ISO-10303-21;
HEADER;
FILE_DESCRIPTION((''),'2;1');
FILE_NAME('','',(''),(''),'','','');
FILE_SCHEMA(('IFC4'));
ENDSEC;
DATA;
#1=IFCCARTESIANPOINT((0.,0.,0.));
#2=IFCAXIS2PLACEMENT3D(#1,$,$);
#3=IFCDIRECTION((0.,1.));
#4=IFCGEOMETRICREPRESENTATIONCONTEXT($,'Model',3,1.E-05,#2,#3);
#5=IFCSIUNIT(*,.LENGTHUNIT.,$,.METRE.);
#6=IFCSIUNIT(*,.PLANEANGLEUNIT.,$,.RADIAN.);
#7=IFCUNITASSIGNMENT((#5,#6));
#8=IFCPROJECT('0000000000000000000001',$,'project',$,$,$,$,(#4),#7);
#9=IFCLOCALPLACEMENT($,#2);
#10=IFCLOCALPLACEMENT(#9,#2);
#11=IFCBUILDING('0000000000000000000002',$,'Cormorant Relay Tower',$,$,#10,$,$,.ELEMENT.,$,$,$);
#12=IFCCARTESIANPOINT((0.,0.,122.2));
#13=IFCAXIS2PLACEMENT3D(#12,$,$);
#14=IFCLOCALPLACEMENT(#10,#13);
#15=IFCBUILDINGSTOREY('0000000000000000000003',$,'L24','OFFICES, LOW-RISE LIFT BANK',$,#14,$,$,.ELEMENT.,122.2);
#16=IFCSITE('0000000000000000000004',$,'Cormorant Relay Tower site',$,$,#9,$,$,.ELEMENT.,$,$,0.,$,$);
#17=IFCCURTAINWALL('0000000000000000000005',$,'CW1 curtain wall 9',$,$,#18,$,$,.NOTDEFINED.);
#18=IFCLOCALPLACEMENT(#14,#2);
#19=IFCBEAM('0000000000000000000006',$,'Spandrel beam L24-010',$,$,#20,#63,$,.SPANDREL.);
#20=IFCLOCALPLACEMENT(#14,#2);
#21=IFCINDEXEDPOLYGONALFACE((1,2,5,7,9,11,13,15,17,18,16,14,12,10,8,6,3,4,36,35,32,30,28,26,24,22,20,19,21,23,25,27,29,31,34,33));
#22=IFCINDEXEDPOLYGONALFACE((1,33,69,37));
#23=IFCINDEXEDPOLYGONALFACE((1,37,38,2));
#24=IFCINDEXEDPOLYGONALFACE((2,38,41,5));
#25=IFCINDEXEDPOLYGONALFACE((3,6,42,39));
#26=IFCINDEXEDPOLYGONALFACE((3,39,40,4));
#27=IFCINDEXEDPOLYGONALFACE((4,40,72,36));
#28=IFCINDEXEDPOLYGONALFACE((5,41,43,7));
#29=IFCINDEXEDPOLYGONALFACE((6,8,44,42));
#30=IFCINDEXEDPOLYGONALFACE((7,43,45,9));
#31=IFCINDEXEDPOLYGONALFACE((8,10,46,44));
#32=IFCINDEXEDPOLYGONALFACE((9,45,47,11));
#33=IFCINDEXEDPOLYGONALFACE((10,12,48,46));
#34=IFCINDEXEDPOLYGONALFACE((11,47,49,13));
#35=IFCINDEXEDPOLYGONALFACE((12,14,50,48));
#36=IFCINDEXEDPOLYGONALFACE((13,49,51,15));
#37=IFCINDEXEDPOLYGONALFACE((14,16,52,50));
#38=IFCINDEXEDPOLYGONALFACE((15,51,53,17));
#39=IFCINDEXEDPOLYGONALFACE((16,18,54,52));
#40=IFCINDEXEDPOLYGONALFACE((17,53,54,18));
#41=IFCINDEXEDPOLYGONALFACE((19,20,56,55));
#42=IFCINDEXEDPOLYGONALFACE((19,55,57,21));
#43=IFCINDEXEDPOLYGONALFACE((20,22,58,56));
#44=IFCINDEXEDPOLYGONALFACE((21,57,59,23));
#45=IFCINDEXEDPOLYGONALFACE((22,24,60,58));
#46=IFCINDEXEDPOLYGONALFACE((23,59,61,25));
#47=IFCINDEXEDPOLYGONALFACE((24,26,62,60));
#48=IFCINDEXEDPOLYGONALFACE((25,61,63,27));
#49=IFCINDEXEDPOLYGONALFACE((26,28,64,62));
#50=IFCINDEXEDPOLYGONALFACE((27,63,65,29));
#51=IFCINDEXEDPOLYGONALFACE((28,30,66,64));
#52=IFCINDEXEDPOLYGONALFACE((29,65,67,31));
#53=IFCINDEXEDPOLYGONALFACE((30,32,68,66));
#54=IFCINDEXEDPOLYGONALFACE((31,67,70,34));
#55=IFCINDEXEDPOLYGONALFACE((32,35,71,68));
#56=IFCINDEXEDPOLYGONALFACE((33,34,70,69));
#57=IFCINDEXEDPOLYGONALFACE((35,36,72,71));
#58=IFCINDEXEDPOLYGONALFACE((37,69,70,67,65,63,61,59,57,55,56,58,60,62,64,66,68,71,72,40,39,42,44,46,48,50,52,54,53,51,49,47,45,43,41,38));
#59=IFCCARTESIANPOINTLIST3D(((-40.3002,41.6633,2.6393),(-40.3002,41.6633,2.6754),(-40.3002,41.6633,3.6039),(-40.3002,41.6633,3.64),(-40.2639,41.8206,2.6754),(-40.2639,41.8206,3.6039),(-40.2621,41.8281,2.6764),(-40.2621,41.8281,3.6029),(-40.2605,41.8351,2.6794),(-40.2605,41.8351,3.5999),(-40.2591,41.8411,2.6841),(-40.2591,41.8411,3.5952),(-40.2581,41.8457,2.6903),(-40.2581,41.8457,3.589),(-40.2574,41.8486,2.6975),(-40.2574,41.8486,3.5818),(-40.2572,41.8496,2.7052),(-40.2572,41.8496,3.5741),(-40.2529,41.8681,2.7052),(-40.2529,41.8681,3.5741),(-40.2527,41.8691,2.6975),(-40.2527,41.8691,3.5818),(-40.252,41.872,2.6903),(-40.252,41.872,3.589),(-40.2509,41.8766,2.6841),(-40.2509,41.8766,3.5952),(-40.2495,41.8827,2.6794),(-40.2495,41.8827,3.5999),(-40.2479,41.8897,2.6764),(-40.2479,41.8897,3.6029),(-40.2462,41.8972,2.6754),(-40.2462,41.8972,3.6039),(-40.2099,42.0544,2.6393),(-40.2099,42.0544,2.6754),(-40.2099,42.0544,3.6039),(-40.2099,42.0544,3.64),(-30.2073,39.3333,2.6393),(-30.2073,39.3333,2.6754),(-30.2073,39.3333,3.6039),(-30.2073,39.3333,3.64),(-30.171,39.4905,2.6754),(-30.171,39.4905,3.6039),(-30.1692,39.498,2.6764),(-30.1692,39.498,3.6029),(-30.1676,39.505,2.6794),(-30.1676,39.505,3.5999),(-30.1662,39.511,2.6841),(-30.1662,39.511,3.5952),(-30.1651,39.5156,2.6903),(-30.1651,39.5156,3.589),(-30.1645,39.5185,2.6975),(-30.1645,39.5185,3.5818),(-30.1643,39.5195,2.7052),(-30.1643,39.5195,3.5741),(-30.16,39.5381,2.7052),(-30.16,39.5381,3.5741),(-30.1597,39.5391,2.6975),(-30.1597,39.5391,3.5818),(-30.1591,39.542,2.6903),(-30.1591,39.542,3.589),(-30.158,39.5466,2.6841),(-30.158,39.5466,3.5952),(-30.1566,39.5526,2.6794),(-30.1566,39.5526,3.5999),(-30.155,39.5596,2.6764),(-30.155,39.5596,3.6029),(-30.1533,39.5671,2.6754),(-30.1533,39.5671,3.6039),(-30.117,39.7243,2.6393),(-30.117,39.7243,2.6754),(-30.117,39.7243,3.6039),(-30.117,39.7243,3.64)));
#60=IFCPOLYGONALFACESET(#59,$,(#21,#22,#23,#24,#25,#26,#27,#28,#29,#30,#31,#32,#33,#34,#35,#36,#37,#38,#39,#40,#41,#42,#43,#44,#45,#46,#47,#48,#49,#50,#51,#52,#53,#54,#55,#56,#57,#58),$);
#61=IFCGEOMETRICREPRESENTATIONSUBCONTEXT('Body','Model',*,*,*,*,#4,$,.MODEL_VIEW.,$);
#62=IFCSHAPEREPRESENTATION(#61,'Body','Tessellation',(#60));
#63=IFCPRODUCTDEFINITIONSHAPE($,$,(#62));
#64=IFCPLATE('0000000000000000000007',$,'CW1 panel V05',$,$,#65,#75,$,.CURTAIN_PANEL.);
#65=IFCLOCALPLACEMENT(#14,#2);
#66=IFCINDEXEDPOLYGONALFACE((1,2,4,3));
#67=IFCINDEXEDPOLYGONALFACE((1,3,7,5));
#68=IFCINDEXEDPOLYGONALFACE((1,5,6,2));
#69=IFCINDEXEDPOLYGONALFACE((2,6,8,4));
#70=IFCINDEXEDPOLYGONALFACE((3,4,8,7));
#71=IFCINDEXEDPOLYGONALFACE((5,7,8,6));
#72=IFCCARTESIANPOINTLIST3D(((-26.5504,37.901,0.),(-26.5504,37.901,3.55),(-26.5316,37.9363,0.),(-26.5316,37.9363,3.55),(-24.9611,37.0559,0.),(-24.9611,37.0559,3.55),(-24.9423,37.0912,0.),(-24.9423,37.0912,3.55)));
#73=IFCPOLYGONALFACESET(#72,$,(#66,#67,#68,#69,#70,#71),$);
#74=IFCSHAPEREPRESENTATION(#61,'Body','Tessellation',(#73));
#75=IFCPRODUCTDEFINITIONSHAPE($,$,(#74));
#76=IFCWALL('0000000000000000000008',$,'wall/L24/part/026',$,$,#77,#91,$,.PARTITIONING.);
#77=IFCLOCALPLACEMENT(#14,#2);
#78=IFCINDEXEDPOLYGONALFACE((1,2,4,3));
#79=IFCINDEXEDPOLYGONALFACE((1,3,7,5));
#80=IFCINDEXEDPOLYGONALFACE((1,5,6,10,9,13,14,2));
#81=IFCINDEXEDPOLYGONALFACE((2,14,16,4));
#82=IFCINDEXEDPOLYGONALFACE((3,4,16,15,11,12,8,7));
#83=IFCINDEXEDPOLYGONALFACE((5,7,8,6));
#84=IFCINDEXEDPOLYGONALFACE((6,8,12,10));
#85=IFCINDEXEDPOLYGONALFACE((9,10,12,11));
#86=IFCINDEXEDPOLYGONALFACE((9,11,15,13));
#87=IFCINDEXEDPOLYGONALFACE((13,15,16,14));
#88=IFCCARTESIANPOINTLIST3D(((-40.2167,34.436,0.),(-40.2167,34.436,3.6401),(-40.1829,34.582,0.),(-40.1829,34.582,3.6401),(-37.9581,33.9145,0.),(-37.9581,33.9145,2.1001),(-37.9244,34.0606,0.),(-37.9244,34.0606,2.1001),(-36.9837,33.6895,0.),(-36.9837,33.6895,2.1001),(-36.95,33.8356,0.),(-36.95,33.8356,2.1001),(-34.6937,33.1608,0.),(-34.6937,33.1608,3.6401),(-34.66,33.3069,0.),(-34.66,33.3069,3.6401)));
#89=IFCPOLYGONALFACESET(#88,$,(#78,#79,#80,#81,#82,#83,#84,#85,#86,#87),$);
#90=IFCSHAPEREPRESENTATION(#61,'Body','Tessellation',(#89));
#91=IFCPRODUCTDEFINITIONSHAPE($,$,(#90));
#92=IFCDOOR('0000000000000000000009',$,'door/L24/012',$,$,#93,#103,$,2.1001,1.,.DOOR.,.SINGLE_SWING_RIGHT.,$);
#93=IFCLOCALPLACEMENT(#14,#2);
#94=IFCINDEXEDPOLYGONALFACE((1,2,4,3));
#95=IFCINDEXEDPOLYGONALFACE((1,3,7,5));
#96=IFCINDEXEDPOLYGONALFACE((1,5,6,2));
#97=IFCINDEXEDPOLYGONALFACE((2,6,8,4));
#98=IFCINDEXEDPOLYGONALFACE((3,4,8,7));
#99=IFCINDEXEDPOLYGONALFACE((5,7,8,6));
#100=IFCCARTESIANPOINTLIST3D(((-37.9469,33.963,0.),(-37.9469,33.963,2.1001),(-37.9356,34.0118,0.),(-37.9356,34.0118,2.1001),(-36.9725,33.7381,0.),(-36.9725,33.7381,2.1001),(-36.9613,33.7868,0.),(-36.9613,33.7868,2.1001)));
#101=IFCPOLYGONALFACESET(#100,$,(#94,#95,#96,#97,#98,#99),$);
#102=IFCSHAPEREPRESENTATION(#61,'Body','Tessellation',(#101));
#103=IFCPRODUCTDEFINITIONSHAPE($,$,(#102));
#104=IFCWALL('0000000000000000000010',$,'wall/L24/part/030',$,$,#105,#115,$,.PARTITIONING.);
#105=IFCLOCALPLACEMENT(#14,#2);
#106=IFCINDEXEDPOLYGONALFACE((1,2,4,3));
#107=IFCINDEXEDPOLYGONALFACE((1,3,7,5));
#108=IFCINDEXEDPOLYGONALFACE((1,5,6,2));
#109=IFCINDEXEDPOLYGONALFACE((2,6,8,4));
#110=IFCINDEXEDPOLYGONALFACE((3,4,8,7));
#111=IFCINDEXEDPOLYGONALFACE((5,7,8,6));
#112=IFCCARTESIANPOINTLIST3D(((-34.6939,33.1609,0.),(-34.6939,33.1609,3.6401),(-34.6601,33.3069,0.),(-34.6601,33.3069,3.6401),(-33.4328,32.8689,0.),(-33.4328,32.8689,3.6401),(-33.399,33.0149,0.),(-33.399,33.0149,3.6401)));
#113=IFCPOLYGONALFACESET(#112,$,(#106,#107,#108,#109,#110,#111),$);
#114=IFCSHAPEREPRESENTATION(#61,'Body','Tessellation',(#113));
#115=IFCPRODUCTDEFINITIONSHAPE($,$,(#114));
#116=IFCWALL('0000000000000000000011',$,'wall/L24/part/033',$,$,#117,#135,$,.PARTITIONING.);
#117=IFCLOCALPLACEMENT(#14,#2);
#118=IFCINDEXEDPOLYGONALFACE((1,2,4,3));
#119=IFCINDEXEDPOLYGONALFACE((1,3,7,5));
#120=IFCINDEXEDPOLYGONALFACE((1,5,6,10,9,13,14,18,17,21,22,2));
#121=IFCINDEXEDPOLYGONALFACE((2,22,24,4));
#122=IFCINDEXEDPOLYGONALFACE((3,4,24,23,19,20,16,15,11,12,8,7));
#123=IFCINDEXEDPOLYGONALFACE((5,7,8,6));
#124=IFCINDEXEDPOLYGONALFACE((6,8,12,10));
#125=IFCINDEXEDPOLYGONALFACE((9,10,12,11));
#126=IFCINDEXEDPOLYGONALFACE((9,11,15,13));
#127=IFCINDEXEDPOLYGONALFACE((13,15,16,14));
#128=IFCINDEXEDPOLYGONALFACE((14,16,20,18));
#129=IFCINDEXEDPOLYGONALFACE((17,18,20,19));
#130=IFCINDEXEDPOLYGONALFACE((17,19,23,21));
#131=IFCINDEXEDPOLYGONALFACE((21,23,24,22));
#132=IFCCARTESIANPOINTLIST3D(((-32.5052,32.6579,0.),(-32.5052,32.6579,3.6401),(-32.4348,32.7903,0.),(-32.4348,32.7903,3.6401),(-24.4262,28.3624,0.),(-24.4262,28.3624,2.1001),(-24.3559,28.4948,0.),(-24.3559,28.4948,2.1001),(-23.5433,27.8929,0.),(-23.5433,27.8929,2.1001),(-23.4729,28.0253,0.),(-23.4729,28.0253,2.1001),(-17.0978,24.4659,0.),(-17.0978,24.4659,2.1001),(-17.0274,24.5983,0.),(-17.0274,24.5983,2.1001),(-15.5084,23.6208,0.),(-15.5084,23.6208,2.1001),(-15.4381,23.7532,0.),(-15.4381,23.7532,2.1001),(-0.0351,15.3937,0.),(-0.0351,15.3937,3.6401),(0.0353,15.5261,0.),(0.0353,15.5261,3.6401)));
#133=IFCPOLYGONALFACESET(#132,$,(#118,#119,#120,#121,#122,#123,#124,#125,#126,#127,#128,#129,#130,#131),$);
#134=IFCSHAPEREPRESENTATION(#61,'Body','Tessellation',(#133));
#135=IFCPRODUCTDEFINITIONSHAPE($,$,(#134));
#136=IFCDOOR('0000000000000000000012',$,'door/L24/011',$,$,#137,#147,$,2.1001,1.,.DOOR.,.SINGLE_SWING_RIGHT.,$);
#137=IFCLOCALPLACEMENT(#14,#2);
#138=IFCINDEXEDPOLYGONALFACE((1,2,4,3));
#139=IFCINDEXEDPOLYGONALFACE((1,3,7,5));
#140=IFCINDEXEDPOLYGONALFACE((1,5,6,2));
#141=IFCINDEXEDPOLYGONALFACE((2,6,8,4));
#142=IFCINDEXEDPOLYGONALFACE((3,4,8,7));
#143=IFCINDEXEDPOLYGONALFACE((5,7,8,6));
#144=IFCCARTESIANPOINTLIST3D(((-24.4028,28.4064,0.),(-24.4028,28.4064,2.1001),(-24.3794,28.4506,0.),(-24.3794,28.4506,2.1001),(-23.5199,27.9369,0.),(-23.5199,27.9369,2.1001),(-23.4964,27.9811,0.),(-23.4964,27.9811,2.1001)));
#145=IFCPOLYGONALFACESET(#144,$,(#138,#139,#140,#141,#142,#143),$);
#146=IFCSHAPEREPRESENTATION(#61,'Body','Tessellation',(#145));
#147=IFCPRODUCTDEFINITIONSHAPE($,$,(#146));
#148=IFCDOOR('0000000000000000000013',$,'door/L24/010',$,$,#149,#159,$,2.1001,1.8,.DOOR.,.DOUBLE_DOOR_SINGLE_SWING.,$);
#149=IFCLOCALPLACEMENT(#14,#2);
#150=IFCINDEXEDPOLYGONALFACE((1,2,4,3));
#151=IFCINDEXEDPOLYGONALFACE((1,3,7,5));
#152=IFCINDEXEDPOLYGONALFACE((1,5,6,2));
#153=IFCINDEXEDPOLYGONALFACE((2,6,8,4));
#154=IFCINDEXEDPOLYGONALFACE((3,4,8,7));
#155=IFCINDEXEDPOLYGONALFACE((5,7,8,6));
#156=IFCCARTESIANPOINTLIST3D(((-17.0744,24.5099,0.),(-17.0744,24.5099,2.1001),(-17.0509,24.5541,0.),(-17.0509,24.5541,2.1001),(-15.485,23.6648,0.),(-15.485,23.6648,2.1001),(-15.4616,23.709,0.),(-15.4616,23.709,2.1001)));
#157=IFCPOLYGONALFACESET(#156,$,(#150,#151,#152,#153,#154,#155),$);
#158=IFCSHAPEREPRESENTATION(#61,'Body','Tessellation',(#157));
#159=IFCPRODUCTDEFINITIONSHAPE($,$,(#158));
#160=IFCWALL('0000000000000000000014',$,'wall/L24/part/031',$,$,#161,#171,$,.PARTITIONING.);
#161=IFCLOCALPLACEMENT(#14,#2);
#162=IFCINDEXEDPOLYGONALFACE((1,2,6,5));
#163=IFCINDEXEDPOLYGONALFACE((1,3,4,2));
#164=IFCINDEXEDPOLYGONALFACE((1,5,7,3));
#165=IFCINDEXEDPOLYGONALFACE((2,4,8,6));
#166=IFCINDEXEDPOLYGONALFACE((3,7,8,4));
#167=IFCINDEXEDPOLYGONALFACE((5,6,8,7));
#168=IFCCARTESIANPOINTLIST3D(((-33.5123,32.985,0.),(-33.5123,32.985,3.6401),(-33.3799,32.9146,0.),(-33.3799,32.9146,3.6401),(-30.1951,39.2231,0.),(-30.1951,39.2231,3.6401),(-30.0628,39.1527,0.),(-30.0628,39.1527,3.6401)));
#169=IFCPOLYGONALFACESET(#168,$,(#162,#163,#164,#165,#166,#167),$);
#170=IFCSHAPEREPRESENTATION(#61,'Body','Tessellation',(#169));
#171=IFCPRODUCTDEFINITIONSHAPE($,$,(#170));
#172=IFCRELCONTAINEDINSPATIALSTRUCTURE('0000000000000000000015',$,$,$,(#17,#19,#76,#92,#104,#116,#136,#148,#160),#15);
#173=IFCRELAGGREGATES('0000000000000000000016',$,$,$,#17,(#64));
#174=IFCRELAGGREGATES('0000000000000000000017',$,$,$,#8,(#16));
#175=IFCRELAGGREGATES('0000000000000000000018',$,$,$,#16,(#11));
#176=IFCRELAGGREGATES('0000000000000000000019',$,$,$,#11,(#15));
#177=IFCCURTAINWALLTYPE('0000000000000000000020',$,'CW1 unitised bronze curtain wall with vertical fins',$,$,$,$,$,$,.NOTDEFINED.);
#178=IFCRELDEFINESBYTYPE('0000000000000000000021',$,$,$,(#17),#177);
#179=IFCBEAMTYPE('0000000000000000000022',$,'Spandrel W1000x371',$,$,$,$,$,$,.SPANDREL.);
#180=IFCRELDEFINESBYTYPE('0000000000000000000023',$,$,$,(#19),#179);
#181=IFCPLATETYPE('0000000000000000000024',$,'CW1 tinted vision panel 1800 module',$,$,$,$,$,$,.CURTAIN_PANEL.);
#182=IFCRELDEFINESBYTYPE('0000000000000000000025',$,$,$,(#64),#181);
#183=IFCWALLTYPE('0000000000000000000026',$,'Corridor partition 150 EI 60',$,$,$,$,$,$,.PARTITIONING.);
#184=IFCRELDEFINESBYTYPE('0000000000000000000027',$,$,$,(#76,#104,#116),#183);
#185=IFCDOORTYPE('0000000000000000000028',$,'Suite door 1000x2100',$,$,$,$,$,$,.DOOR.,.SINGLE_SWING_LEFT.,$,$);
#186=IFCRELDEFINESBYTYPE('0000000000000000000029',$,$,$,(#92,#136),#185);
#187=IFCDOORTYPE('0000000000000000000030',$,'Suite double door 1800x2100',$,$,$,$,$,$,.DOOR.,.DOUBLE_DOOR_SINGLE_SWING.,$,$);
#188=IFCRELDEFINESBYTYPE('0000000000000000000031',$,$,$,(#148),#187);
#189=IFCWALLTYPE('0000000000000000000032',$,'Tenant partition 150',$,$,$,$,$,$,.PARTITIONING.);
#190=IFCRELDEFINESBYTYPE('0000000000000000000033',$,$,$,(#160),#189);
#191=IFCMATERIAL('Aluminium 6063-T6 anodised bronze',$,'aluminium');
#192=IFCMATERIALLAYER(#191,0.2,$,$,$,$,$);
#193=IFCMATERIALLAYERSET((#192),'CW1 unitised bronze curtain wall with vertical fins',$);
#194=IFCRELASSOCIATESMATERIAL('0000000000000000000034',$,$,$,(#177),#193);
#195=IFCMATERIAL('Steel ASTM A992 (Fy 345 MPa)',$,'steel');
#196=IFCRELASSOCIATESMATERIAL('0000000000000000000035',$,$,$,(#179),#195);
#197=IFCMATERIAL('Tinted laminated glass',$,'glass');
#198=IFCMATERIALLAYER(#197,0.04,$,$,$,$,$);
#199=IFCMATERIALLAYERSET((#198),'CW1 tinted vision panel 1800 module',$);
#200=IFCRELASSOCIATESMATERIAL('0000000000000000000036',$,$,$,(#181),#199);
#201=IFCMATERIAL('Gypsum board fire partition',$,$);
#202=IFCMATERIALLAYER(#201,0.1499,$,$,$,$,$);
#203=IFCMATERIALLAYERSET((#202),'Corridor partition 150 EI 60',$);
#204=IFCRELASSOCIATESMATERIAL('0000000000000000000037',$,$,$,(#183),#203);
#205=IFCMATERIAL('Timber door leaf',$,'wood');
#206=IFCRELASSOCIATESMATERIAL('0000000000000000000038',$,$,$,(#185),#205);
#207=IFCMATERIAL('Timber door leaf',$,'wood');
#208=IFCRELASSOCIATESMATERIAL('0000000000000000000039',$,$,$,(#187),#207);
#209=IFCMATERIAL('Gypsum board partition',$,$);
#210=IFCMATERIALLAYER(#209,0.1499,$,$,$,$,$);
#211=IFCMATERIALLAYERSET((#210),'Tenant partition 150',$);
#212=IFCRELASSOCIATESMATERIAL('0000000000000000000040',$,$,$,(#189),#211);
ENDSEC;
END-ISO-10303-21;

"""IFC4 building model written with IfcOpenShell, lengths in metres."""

from ifc_helpers import new_model, si_unit, direction, frame, frame_2d, origin, origin_2d, place, context, subcontext, project, spatial, rectangle, i_section, extrude, material, layer, layer_set, material_profile, profile_set, type_object, element, fill, aggregate, save


model = new_model("IFC4")

# Units and contexts
model_context = context("Model", 3, precision=1e-05, world=origin(), true_north=direction((0.0, 1.0)))
body_context = subcontext(model_context, "Body", "Model", "MODEL_VIEW")
ifc_project = project(units=[si_unit("LENGTHUNIT", "METRE"), si_unit("PLANEANGLEUNIT", "RADIAN")], contexts=[model_context])

# Site, building, storey
site_placement = place(None, origin())
site = spatial("IfcSite", under=ifc_project, at=site_placement, Name="Cormorant Relay Tower site", CompositionType="ELEMENT", RefElevation=0.0)
building_placement = place(site_placement, origin())
building = spatial("IfcBuilding", under=site, at=building_placement, Name="Cormorant Relay Tower", CompositionType="ELEMENT")
storey_placement = place(building_placement, frame((0.0, 0.0, 122.2)))
storey = spatial("IfcBuildingStorey", under=building, at=storey_placement, Name="L24", Description="OFFICES, LOW-RISE LIFT BANK", CompositionType="ELEMENT", Elevation=122.2)

# Curtain wall
ifc_material_1 = material(Name="Aluminium 6063-T6 anodised bronze", Category="aluminium")
ifc_layer_1 = layer(ifc_material_1, 0.2)
ifc_layer_set_1 = layer_set([ifc_layer_1], Name="CW1 unitised bronze curtain wall with vertical fins")
curtain_wall_type = type_object("IfcCurtainWallType", Name="CW1 unitised bronze curtain wall with vertical fins", PredefinedType="NOTDEFINED", material=ifc_layer_set_1)
curtain_wall_1_placement = place(storey_placement, origin())
curtain_wall_1 = element("IfcCurtainWall", 1, at=curtain_wall_1_placement, inside=storey, type_object=curtain_wall_type, Name="CW1 curtain wall 9", PredefinedType="NOTDEFINED")

# Beam
ifc_material_2 = material(Name="Steel ASTM A992 (Fy 345 MPa)", Category="steel")
ifc_material_profile_1 = material_profile(ifc_material_2, i_section(OverallWidth=0.4014, OverallDepth=1.0007, WebThickness=0.019, FlangeThickness=0.0361, FilletRadius=0.0298, at=origin_2d()), Name="W1000x371")
ifc_profile_set_1 = profile_set([ifc_material_profile_1], Name="Steel ASTM A992 (Fy 345 MPa)")
beam_type = type_object("IfcBeamType", Name="Spandrel W1000x371", PredefinedType="SPANDREL", material=ifc_profile_set_1)
beam_placement = place(storey_placement, frame((-30.1621, 39.5288, 3.1396), z_axis=(-0.974372, 0.224944, 0.0), x_axis=(-0.224944, -0.974372, 0.0)))
element("IfcBeam", 2, at=beam_placement, inside=storey, type_object=beam_type, Name="Spandrel beam L24-010", PredefinedType="SPANDREL", context=body_context, shape_type="SweptSolid", body=[
    extrude(i_section(OverallWidth=0.4014, OverallDepth=1.0007, WebThickness=0.019, FlangeThickness=0.0361, FilletRadius=0.0298, at=origin_2d()), origin(), (0.0, 0.0, 1.0), 10.3584),
])

# Plate
ifc_material_3 = material(Name="Tinted laminated glass", Category="glass")
ifc_layer_2 = layer(ifc_material_3, 0.04)
ifc_layer_set_2 = layer_set([ifc_layer_2], Name="CW1 tinted vision panel 1800 module")
plate_type = type_object("IfcPlateType", Name="CW1 tinted vision panel 1800 module", PredefinedType="CURTAIN_PANEL", material=ifc_layer_set_2)
plate_placement = place(storey_placement, frame((-25.7463, 37.4961, 0.0), z_axis=(0.0, 0.0, 1.0), x_axis=(-0.882948, 0.469472, 0.0)))
plate = element("IfcPlate", 3, at=plate_placement, type_object=plate_type, Name="CW1 panel V05", PredefinedType="CURTAIN_PANEL", context=body_context, shape_type="SweptSolid", body=[
    extrude(rectangle(XDim=1.8, YDim=0.04, at=origin_2d()), origin(), (0.0, 0.0, 1.0), 3.55),
])

# Wall, opening, door
ifc_material_4 = material(Name="Gypsum board fire partition")
ifc_layer_3 = layer(ifc_material_4, 0.1499)
ifc_layer_set_3 = layer_set([ifc_layer_3], Name="Corridor partition 150 EI 60")
wall_type_1 = type_object("IfcWallType", Name="Corridor partition 150 EI 60", PredefinedType="PARTITIONING", material=ifc_layer_set_3)
wall_1_placement = place(storey_placement, frame((-34.677, 33.2339, 0.0), z_axis=(0.0, 0.0, 1.0), x_axis=(-0.974367, 0.224963, 0.0)))
wall_1 = element("IfcWall", 4, at=wall_1_placement, inside=storey, type_object=wall_type_1, Name="wall/L24/part/026", PredefinedType="PARTITIONING", context=body_context, shape_type="SweptSolid", body=[
    extrude(rectangle(XDim=5.6682, YDim=0.1499, at=frame_2d((2.834, 0.0))), origin(), (0.0, 0.0, 1.0), 3.6401),
])
opening_1_placement = place(wall_1_placement, frame((2.3501, 0.0, 0.0)))
opening_1 = element("IfcOpeningElement", 5, at=opening_1_placement, cuts=wall_1, PredefinedType="OPENING", context=body_context, shape_type="SweptSolid", body=[
    extrude(rectangle(XDim=1.0, YDim=2.1001, at=frame_2d((0.5, 1.05))), frame((0.0, 0.085, 0.0), z_axis=(0.0, -1.0, 0.0), x_axis=(1.0, 0.0, 0.0)), (0.0, 0.0, 1.0), 0.1699),
])
ifc_material_5 = material(Name="Timber door leaf", Category="wood")
door_type_1 = type_object("IfcDoorType", Name="Suite door 1000x2100", OperationType="SINGLE_SWING_LEFT", PredefinedType="DOOR", material=ifc_material_5)
door_1_placement = place(opening_1_placement, frame((1.0, 0.0, 0.0), z_axis=(0.0, 0.0, 1.0), x_axis=(-1.0, 0.0, 0.0)))
door_1 = element("IfcDoor", 6, at=door_1_placement, inside=storey, type_object=door_type_1, Name="door/L24/012", OperationType="SINGLE_SWING_RIGHT", OverallHeight=2.1001, OverallWidth=1.0, PredefinedType="DOOR", context=body_context, shape_type="SweptSolid", body=[
    extrude(rectangle(XDim=1.0, YDim=2.1001, at=frame_2d((0.5, 1.05))), frame((0.0, 0.0249, 0.0), z_axis=(0.0, -1.0, 0.0), x_axis=(1.0, 0.0, 0.0)), (0.0, 0.0, 1.0), 0.05),
])
fill(opening_1, door_1)

# Wall
wall_2_placement = place(storey_placement, frame((-34.677, 33.2339, 0.0), z_axis=(0.0, 0.0, 1.0), x_axis=(0.974222, -0.22559, 0.0)))
element("IfcWall", 7, at=wall_2_placement, inside=storey, type_object=wall_type_1, Name="wall/L24/part/030", PredefinedType="PARTITIONING", context=body_context, shape_type="SweptSolid", body=[
    extrude(rectangle(XDim=1.2944, YDim=0.1499, at=frame_2d((0.6472, 0.0))), origin(), (0.0, 0.0, 1.0), 3.6401),
])

# Wall, openings, doors
wall_3_placement = place(storey_placement, frame((-32.47, 32.7241, 0.0), z_axis=(0.0, 0.0, 1.0), x_axis=(0.882952, -0.469462, 0.0)))
wall_3 = element("IfcWall", 8, at=wall_3_placement, inside=storey, type_object=wall_type_1, Name="wall/L24/part/033", PredefinedType="PARTITIONING", context=body_context, shape_type="SweptSolid", body=[
    extrude(rectangle(XDim=36.7744, YDim=0.1499, at=frame_2d((18.3872, 0.0))), origin(), (0.0, 0.0, 1.0), 3.6401),
])
opening_2_placement = place(wall_3_placement, frame((17.45, 0.0, 0.0)))
opening_2 = element("IfcOpeningElement", 9, at=opening_2_placement, cuts=wall_3, PredefinedType="OPENING", context=body_context, shape_type="SweptSolid", body=[
    extrude(rectangle(XDim=1.8, YDim=2.1001, at=frame_2d((0.8999, 1.05))), frame((0.0, 0.085, 0.0), z_axis=(0.0, -1.0, 0.0), x_axis=(1.0, 0.0, 0.0)), (0.0, 0.0, 1.0), 0.1699),
])
opening_3_placement = place(wall_3_placement, frame((9.1499, 0.0, 0.0)))
opening_3 = element("IfcOpeningElement", 10, at=opening_3_placement, cuts=wall_3, PredefinedType="OPENING", context=body_context, shape_type="SweptSolid", body=[
    extrude(rectangle(XDim=1.0, YDim=2.1001, at=frame_2d((0.5, 1.05))), frame((0.0, 0.085, 0.0), z_axis=(0.0, -1.0, 0.0), x_axis=(1.0, 0.0, 0.0)), (0.0, 0.0, 1.0), 0.1699),
])
door_2_placement = place(opening_3_placement, origin())
door_2 = element("IfcDoor", 11, at=door_2_placement, inside=storey, type_object=door_type_1, Name="door/L24/011", OperationType="SINGLE_SWING_RIGHT", OverallHeight=2.1001, OverallWidth=1.0, PredefinedType="DOOR", context=body_context, shape_type="SweptSolid", body=[
    extrude(rectangle(XDim=1.0, YDim=2.1001, at=frame_2d((0.5, 1.05))), frame((0.0, 0.0249, 0.0), z_axis=(0.0, -1.0, 0.0), x_axis=(1.0, 0.0, 0.0)), (0.0, 0.0, 1.0), 0.05),
])
fill(opening_3, door_2)
ifc_material_6 = material(Name="Timber door leaf", Category="wood")
door_type_2 = type_object("IfcDoorType", Name="Suite double door 1800x2100", OperationType="DOUBLE_DOOR_SINGLE_SWING", PredefinedType="DOOR", material=ifc_material_6)
door_3_placement = place(opening_2_placement, origin())
door_3 = element("IfcDoor", 12, at=door_3_placement, inside=storey, type_object=door_type_2, Name="door/L24/010", OperationType="DOUBLE_DOOR_SINGLE_SWING", OverallHeight=2.1001, OverallWidth=1.8, PredefinedType="DOOR", context=body_context, shape_type="SweptSolid", body=[
    extrude(rectangle(XDim=1.8, YDim=2.1001, at=frame_2d((0.8999, 1.05))), frame((0.0, 0.0249, 0.0), z_axis=(0.0, -1.0, 0.0), x_axis=(1.0, 0.0, 0.0)), (0.0, 0.0, 1.0), 0.05),
])
fill(opening_2, door_3)

# Wall
ifc_material_7 = material(Name="Gypsum board partition")
ifc_layer_4 = layer(ifc_material_7, 0.1499)
ifc_layer_set_4 = layer_set([ifc_layer_4], Name="Tenant partition 150")
wall_type_2 = type_object("IfcWallType", Name="Tenant partition 150", PredefinedType="PARTITIONING", material=ifc_layer_set_4)
wall_4_placement = place(storey_placement, frame((-30.1289, 39.188, 0.0), z_axis=(0.0, 0.0, 1.0), x_axis=(-0.469506, -0.882929, 0.0)))
element("IfcWall", 13, at=wall_4_placement, inside=storey, type_object=wall_type_2, Name="wall/L24/part/031", PredefinedType="PARTITIONING", context=body_context, shape_type="SweptSolid", body=[
    extrude(rectangle(XDim=7.0652, YDim=0.1499, at=frame_2d((3.5327, 0.0))), origin(), (0.0, 0.0, 1.0), 3.6401),
])

aggregate(curtain_wall_1, [plate])

save(model, "model.ifc")
